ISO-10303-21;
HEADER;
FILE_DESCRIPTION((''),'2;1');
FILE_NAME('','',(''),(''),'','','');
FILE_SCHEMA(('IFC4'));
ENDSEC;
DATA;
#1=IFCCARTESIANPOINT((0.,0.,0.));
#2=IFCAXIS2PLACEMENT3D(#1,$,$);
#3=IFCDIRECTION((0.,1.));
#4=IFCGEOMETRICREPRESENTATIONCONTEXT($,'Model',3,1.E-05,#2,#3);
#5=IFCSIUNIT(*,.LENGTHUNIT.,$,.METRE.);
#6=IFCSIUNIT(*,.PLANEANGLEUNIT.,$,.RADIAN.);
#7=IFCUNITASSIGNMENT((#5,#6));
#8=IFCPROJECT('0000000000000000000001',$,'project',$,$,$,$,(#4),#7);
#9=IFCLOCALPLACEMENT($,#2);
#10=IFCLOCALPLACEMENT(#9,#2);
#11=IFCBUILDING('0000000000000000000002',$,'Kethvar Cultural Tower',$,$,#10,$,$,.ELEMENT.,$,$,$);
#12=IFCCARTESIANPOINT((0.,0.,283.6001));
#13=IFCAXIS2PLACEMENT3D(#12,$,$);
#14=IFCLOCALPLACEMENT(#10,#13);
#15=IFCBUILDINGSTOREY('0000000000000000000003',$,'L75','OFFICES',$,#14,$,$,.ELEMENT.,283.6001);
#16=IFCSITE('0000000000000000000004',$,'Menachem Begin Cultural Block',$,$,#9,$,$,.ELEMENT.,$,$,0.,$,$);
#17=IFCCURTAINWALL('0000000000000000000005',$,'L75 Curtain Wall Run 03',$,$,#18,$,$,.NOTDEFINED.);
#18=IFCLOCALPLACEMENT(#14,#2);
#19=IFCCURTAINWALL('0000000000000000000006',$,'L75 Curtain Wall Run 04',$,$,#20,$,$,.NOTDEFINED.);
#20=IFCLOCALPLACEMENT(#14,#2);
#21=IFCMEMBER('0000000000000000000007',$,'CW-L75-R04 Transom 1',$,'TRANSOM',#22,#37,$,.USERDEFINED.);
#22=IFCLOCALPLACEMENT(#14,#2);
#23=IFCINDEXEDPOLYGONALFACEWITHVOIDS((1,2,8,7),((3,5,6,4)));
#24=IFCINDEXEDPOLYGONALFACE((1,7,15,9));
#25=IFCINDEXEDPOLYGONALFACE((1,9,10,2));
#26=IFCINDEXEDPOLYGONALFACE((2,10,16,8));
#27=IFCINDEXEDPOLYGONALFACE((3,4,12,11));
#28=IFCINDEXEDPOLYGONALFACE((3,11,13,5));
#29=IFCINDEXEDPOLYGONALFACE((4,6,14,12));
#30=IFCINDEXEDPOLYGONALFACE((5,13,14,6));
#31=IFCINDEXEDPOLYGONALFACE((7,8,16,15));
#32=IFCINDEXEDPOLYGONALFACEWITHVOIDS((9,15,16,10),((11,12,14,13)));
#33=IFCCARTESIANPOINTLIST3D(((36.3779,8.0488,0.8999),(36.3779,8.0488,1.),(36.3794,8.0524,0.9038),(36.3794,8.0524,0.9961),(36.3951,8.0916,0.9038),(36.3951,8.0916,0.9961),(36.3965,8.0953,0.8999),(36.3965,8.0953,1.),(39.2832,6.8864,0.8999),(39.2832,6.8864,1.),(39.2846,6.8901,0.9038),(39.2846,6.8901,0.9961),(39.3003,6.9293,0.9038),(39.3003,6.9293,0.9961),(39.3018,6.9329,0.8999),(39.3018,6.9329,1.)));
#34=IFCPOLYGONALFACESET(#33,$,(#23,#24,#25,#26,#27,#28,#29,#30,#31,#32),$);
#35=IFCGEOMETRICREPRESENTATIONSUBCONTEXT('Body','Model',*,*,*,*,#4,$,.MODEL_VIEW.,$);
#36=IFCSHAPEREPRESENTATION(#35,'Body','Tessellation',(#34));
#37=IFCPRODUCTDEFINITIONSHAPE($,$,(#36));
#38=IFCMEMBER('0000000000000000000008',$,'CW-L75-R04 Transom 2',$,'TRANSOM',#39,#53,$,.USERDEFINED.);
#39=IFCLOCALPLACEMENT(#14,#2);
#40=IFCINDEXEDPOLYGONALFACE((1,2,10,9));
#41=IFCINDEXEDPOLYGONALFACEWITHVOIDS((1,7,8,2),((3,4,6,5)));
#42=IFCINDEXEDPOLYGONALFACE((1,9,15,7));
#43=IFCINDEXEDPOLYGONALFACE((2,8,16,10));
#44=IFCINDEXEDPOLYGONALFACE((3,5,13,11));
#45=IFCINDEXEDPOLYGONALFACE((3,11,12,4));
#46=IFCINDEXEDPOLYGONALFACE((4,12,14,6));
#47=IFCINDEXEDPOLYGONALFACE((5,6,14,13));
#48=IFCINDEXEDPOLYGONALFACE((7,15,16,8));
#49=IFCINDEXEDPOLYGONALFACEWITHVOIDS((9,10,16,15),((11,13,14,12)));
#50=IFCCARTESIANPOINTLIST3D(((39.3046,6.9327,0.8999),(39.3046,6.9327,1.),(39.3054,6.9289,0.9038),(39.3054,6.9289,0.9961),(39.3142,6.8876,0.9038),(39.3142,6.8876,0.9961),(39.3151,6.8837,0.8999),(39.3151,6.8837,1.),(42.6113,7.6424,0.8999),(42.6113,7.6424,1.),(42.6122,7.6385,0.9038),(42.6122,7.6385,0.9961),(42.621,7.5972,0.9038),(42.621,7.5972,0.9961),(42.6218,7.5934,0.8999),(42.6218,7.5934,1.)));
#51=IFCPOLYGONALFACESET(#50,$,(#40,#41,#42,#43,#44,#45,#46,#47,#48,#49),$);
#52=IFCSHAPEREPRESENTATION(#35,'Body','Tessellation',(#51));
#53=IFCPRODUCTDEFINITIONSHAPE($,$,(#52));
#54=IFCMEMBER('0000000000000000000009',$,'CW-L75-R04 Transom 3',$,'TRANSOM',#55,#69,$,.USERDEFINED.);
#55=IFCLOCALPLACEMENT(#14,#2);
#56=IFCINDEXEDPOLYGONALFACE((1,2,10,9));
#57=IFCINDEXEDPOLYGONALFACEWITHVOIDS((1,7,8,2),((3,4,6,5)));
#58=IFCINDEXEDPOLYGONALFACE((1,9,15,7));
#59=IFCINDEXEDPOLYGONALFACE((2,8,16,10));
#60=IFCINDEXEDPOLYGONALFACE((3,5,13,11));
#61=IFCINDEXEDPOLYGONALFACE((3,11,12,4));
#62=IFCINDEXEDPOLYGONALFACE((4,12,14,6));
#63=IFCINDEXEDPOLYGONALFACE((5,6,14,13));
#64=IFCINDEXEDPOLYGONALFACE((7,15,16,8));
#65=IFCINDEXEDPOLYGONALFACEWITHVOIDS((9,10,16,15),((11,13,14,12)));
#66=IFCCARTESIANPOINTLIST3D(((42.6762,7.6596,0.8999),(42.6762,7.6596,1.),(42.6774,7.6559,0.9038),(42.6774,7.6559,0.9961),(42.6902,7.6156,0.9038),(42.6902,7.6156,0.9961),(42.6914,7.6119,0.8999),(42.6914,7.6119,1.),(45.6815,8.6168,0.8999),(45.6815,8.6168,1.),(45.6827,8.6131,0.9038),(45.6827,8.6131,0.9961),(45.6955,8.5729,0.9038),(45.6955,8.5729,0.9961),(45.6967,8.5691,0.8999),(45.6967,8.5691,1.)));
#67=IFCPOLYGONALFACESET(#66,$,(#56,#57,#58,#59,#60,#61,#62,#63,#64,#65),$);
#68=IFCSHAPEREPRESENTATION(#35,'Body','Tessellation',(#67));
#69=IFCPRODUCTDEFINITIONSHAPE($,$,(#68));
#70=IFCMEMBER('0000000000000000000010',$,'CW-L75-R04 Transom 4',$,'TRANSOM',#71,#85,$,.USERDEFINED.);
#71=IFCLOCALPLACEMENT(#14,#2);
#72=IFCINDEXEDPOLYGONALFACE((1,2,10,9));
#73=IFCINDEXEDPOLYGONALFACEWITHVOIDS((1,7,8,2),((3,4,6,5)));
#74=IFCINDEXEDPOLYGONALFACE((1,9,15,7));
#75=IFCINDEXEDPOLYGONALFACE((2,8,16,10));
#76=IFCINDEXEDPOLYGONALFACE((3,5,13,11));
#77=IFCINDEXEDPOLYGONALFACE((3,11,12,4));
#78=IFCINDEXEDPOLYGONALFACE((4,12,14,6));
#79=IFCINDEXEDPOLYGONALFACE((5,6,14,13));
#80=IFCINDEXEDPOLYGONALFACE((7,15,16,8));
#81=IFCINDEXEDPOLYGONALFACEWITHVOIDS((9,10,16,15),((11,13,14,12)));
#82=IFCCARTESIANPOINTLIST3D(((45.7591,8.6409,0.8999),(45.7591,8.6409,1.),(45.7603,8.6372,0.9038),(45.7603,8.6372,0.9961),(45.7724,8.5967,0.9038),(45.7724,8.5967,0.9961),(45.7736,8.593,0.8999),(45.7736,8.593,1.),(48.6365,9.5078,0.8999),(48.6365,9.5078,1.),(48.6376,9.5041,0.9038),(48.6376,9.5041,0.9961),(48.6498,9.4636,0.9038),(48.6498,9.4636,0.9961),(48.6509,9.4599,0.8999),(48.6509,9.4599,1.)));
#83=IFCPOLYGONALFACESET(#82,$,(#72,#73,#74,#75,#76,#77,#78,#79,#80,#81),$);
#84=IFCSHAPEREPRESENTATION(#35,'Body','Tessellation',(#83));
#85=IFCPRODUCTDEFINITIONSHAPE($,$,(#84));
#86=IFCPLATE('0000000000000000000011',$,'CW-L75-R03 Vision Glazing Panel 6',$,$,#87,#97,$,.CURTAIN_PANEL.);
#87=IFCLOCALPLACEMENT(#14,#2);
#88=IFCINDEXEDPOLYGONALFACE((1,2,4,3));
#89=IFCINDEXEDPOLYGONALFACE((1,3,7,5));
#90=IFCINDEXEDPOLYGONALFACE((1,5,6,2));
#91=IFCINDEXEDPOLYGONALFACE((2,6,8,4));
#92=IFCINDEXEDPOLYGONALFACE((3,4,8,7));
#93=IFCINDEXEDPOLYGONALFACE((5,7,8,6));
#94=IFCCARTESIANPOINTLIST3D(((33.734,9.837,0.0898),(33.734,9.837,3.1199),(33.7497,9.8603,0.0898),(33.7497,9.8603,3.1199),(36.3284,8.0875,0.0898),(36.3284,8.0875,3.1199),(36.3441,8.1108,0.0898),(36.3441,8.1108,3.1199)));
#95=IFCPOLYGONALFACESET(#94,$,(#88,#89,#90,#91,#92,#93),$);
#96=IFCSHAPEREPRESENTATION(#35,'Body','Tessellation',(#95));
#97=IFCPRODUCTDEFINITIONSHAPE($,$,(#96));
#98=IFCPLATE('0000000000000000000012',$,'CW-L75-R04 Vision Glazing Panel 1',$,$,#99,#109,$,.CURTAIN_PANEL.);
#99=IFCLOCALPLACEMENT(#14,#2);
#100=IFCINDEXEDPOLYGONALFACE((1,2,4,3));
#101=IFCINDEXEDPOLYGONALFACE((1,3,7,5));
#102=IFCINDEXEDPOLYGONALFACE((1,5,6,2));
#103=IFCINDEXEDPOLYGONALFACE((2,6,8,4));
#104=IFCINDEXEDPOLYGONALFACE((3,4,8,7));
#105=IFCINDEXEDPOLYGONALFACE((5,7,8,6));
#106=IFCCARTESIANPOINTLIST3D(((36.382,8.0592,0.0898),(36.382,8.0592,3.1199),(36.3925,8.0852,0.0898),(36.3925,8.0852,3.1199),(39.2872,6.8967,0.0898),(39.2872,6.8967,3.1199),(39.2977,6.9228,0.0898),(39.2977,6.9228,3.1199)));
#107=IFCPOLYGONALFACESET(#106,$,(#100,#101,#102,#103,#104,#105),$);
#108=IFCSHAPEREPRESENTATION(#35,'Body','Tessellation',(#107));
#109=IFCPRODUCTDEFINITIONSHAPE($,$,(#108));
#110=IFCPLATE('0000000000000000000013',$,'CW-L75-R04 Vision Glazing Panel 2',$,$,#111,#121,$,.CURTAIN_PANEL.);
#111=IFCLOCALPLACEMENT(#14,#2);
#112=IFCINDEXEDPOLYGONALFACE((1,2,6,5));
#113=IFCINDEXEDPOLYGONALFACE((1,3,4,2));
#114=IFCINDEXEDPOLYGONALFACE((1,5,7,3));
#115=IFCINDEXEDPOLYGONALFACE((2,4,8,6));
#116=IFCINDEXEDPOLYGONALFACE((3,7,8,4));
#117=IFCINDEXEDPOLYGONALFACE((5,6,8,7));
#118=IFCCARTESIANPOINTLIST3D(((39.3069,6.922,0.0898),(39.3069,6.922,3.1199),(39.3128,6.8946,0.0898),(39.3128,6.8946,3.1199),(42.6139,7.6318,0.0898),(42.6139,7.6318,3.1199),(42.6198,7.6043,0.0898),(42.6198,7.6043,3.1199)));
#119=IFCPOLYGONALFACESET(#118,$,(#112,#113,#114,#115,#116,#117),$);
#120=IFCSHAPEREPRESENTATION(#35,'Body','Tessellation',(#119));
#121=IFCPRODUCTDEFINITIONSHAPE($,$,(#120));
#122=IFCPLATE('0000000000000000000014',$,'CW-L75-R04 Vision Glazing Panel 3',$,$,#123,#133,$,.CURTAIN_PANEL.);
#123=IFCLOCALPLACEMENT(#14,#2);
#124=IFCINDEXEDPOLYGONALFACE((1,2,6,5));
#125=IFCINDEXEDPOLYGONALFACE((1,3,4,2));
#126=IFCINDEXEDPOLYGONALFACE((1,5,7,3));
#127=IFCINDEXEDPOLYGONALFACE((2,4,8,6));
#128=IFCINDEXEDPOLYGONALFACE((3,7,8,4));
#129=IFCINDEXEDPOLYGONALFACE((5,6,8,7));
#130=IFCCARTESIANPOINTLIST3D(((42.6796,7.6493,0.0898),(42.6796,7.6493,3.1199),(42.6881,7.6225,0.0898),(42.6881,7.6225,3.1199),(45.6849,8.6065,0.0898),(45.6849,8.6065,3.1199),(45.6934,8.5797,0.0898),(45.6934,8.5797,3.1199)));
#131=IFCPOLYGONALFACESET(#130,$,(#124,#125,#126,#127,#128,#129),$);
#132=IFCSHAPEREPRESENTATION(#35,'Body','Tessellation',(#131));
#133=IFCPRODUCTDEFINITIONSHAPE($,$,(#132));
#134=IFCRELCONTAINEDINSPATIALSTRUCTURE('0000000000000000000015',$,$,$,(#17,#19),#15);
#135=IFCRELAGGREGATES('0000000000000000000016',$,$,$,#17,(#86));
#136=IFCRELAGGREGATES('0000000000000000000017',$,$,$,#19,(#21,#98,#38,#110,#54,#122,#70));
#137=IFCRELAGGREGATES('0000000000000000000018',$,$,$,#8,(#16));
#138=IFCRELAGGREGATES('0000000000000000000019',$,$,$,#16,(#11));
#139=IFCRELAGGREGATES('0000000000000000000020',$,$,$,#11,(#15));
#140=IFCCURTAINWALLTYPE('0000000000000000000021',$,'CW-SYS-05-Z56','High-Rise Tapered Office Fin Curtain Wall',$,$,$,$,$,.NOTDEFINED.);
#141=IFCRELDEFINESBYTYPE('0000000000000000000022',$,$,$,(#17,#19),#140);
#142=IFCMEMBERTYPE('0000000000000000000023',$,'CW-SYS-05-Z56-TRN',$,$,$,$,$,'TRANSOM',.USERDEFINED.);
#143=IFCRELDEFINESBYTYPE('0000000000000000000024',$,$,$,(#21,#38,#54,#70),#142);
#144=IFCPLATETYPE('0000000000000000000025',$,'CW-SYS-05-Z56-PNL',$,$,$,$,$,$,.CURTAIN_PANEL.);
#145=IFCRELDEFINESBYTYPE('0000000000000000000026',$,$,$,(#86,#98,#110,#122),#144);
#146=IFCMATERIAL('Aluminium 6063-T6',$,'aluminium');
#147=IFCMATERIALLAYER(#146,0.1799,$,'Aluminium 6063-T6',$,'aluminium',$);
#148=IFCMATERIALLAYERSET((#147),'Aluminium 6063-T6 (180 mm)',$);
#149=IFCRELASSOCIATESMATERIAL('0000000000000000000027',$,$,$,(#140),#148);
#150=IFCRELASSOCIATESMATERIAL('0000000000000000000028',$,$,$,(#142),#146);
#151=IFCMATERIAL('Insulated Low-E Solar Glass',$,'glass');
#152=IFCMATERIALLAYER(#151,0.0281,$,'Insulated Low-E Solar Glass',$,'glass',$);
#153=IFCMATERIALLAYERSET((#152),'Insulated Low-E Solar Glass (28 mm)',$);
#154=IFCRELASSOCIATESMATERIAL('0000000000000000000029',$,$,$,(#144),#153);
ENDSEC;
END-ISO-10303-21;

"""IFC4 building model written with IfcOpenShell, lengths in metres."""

from ifc_helpers import new_model, si_unit, direction, frame, origin, origin_2d, place, context, subcontext, project, spatial, rectangle, hollow_rectangle, extrude, source, transform, mapped, material, layer, layer_set, material_profile, profile_set, type_object, element, aggregate, save


model = new_model("IFC4")

# Units and contexts
model_context = context("Model", 3, precision=1e-05, world=origin(), true_north=direction((0.0, 1.0)))
body_context = subcontext(model_context, "Body", "Model", "MODEL_VIEW")
ifc_project = project(units=[si_unit("LENGTHUNIT", "METRE"), si_unit("PLANEANGLEUNIT", "RADIAN")], contexts=[model_context])

# Site, building, storey
site_placement = place(None, origin())
site = spatial("IfcSite", under=ifc_project, at=site_placement, Name="Menachem Begin Cultural Block", CompositionType="ELEMENT", RefElevation=0.0)
building_placement = place(site_placement, origin())
building = spatial("IfcBuilding", under=site, at=building_placement, Name="Kethvar Cultural Tower", CompositionType="ELEMENT")
storey_placement = place(building_placement, frame((0.0, 0.0, 283.6001)))
storey = spatial("IfcBuildingStorey", under=building, at=storey_placement, Name="L75", Description="OFFICES", CompositionType="ELEMENT", Elevation=283.6001)

# Curtain wall
ifc_material_1 = material(Name="Aluminium 6063-T6", Category="aluminium")
ifc_layer_1 = layer(ifc_material_1, 0.1799, Name="Aluminium 6063-T6", Category="aluminium")
ifc_layer_set_1 = layer_set([ifc_layer_1], Name="Aluminium 6063-T6 (180 mm)")
curtain_wall_type = type_object("IfcCurtainWallType", Name="CW-SYS-05-Z56", Description="High-Rise Tapered Office Fin Curtain Wall", PredefinedType="NOTDEFINED", material=ifc_layer_set_1)
curtain_wall_1_placement = place(storey_placement, origin())
curtain_wall_1 = element("IfcCurtainWall", 1, at=curtain_wall_1_placement, inside=storey, type_object=curtain_wall_type, Name="L75 Curtain Wall Run 03", PredefinedType="NOTDEFINED")

# Curtain wall
curtain_wall_2_placement = place(storey_placement, origin())
curtain_wall_2 = element("IfcCurtainWall", 2, at=curtain_wall_2_placement, inside=storey, type_object=curtain_wall_type, Name="L75 Curtain Wall Run 04", PredefinedType="NOTDEFINED")

# Members
ifc_material_profile_1 = material_profile(ifc_material_1, hollow_rectangle(XDim=0.05, YDim=0.1001, WallThickness=0.0039, at=origin_2d()), Name="Aluminium 6063-T6 — RHS100x50x4")
ifc_profile_set_1 = profile_set([ifc_material_profile_1], Name="Aluminium 6063-T6 — RHS100x50x4")
member_type_1 = type_object("IfcMemberType", Name="CW-SYS-05-Z56-TRN", ElementType="TRANSOM", PredefinedType="USERDEFINED", material=ifc_profile_set_1)
shared_shape_1 = source(origin(), body_context, "Body", "SweptSolid", [
    extrude(hollow_rectangle(XDim=0.05, YDim=0.1001, WallThickness=0.0039, at=origin_2d()), origin(), (0.0, 0.0, 1.0), 3.1292),
])
member_1_placement = place(storey_placement, frame((36.3872, 8.072, 0.95), z_axis=(0.92845, -0.371458, 0.0), x_axis=(0.371458, 0.92845, 0.0)))
member_1 = element("IfcMember", 3, at=member_1_placement, type_object=member_type_1, Name="CW-L75-R04 Transom 1", ObjectType="TRANSOM", PredefinedType="USERDEFINED", context=body_context, shape_type="MappedRepresentation", body=[
    mapped(shared_shape_1, transform((0.0, 0.0, 0.0), scale=1.0)),
])
shared_shape_2 = source(origin(), body_context, "Body", "SweptSolid", [
    extrude(hollow_rectangle(XDim=0.05, YDim=0.1001, WallThickness=0.0039, at=origin_2d()), origin(), (0.0, 0.0, 1.0), 3.3821),
])
member_2_placement = place(storey_placement, frame((39.3098, 6.9082, 0.95), z_axis=(0.977736, 0.20984, 0.0), x_axis=(-0.20984, 0.977736, 0.0)))
member_2 = element("IfcMember", 4, at=member_2_placement, type_object=member_type_1, Name="CW-L75-R04 Transom 2", ObjectType="TRANSOM", PredefinedType="USERDEFINED", context=body_context, shape_type="MappedRepresentation", body=[
    mapped(shared_shape_2, transform((0.0, 0.0, 0.0), scale=1.0)),
])
shared_shape_3 = source(origin(), body_context, "Body", "SweptSolid", [
    extrude(hollow_rectangle(XDim=0.05, YDim=0.1001, WallThickness=0.0039, at=origin_2d()), origin(), (0.0, 0.0, 1.0), 3.1541),
])
member_3_placement = place(storey_placement, frame((42.6838, 7.6357, 0.95), z_axis=(0.952832, 0.303498, 0.0), x_axis=(-0.303498, 0.952832, 0.0)))
member_3 = element("IfcMember", 5, at=member_3_placement, type_object=member_type_1, Name="CW-L75-R04 Transom 3", ObjectType="TRANSOM", PredefinedType="USERDEFINED", context=body_context, shape_type="MappedRepresentation", body=[
    mapped(shared_shape_3, transform((0.0, 0.0, 0.0), scale=1.0)),
])
shared_shape_4 = source(origin(), body_context, "Body", "SweptSolid", [
    extrude(hollow_rectangle(XDim=0.05, YDim=0.1001, WallThickness=0.0039, at=origin_2d()), origin(), (0.0, 0.0, 1.0), 3.0051),
])
member_4_placement = place(storey_placement, frame((45.7664, 8.6169, 0.95), z_axis=(0.957486, 0.288481, 0.0), x_axis=(-0.288481, 0.957486, 0.0)))
member_4 = element("IfcMember", 6, at=member_4_placement, type_object=member_type_1, Name="CW-L75-R04 Transom 4", ObjectType="TRANSOM", PredefinedType="USERDEFINED", context=body_context, shape_type="MappedRepresentation", body=[
    mapped(shared_shape_4, transform((0.0, 0.0, 0.0), scale=1.0)),
])

# Plates
ifc_material_2 = material(Name="Insulated Low-E Solar Glass", Category="glass")
ifc_layer_2 = layer(ifc_material_2, 0.0281, Name="Insulated Low-E Solar Glass", Category="glass")
ifc_layer_set_2 = layer_set([ifc_layer_2], Name="Insulated Low-E Solar Glass (28 mm)")
plate_type = type_object("IfcPlateType", Name="CW-SYS-05-Z56-PNL", PredefinedType="CURTAIN_PANEL", material=ifc_layer_set_2)
shared_shape_5 = source(origin(), body_context, "Body", "SweptSolid", [
    extrude(rectangle(XDim=3.1292, YDim=0.0281, at=origin_2d()), origin(), (0.0, 0.0, 1.0), 3.03),
])
plate_1_placement = place(storey_placement, frame((35.0391, 8.9739, 0.0898), z_axis=(0.0, 0.0, 1.0), x_axis=(0.829106, -0.559092, 0.0)))
plate_1 = element("IfcPlate", 7, at=plate_1_placement, type_object=plate_type, Name="CW-L75-R03 Vision Glazing Panel 6", PredefinedType="CURTAIN_PANEL", context=body_context, shape_type="MappedRepresentation", body=[
    mapped(shared_shape_5, transform((0.0, 0.0, 0.0), scale=1.0)),
])
aggregate(curtain_wall_1, [plate_1])
plate_2_placement = place(storey_placement, frame((37.8398, 7.491, 0.0898), z_axis=(0.0, 0.0, 1.0), x_axis=(0.928434, -0.371497, 0.0)))
plate_2 = element("IfcPlate", 8, at=plate_2_placement, type_object=plate_type, Name="CW-L75-R04 Vision Glazing Panel 1", PredefinedType="CURTAIN_PANEL", context=body_context, shape_type="MappedRepresentation", body=[
    mapped(shared_shape_5, transform((0.0, 0.0, 0.0), scale=1.0)),
])
shared_shape_6 = source(origin(), body_context, "Body", "SweptSolid", [
    extrude(rectangle(XDim=3.3823, YDim=0.0281, at=origin_2d()), origin(), (0.0, 0.0, 1.0), 3.03),
])
plate_3_placement = place(storey_placement, frame((40.9634, 7.2632, 0.0898), z_axis=(0.0, 0.0, 1.0), x_axis=(0.977736, 0.20984, 0.0)))
plate_3 = element("IfcPlate", 9, at=plate_3_placement, type_object=plate_type, Name="CW-L75-R04 Vision Glazing Panel 2", PredefinedType="CURTAIN_PANEL", context=body_context, shape_type="MappedRepresentation", body=[
    mapped(shared_shape_6, transform((0.0, 0.0, 0.0), scale=1.0)),
])
shared_shape_7 = source(origin(), body_context, "Body", "SweptSolid", [
    extrude(rectangle(XDim=3.1541, YDim=0.0281, at=origin_2d()), origin(), (0.0, 0.0, 1.0), 3.03),
])
plate_4_placement = place(storey_placement, frame((44.1865, 8.1145, 0.0898), z_axis=(0.0, 0.0, 1.0), x_axis=(0.952836, 0.303484, 0.0)))
plate_4 = element("IfcPlate", 10, at=plate_4_placement, type_object=plate_type, Name="CW-L75-R04 Vision Glazing Panel 3", PredefinedType="CURTAIN_PANEL", context=body_context, shape_type="MappedRepresentation", body=[
    mapped(shared_shape_7, transform((0.0, 0.0, 0.0), scale=1.0)),
])
aggregate(curtain_wall_2, [member_1, plate_2, member_2, plate_3, member_3, plate_4, member_4])

save(model, "model.ifc")
